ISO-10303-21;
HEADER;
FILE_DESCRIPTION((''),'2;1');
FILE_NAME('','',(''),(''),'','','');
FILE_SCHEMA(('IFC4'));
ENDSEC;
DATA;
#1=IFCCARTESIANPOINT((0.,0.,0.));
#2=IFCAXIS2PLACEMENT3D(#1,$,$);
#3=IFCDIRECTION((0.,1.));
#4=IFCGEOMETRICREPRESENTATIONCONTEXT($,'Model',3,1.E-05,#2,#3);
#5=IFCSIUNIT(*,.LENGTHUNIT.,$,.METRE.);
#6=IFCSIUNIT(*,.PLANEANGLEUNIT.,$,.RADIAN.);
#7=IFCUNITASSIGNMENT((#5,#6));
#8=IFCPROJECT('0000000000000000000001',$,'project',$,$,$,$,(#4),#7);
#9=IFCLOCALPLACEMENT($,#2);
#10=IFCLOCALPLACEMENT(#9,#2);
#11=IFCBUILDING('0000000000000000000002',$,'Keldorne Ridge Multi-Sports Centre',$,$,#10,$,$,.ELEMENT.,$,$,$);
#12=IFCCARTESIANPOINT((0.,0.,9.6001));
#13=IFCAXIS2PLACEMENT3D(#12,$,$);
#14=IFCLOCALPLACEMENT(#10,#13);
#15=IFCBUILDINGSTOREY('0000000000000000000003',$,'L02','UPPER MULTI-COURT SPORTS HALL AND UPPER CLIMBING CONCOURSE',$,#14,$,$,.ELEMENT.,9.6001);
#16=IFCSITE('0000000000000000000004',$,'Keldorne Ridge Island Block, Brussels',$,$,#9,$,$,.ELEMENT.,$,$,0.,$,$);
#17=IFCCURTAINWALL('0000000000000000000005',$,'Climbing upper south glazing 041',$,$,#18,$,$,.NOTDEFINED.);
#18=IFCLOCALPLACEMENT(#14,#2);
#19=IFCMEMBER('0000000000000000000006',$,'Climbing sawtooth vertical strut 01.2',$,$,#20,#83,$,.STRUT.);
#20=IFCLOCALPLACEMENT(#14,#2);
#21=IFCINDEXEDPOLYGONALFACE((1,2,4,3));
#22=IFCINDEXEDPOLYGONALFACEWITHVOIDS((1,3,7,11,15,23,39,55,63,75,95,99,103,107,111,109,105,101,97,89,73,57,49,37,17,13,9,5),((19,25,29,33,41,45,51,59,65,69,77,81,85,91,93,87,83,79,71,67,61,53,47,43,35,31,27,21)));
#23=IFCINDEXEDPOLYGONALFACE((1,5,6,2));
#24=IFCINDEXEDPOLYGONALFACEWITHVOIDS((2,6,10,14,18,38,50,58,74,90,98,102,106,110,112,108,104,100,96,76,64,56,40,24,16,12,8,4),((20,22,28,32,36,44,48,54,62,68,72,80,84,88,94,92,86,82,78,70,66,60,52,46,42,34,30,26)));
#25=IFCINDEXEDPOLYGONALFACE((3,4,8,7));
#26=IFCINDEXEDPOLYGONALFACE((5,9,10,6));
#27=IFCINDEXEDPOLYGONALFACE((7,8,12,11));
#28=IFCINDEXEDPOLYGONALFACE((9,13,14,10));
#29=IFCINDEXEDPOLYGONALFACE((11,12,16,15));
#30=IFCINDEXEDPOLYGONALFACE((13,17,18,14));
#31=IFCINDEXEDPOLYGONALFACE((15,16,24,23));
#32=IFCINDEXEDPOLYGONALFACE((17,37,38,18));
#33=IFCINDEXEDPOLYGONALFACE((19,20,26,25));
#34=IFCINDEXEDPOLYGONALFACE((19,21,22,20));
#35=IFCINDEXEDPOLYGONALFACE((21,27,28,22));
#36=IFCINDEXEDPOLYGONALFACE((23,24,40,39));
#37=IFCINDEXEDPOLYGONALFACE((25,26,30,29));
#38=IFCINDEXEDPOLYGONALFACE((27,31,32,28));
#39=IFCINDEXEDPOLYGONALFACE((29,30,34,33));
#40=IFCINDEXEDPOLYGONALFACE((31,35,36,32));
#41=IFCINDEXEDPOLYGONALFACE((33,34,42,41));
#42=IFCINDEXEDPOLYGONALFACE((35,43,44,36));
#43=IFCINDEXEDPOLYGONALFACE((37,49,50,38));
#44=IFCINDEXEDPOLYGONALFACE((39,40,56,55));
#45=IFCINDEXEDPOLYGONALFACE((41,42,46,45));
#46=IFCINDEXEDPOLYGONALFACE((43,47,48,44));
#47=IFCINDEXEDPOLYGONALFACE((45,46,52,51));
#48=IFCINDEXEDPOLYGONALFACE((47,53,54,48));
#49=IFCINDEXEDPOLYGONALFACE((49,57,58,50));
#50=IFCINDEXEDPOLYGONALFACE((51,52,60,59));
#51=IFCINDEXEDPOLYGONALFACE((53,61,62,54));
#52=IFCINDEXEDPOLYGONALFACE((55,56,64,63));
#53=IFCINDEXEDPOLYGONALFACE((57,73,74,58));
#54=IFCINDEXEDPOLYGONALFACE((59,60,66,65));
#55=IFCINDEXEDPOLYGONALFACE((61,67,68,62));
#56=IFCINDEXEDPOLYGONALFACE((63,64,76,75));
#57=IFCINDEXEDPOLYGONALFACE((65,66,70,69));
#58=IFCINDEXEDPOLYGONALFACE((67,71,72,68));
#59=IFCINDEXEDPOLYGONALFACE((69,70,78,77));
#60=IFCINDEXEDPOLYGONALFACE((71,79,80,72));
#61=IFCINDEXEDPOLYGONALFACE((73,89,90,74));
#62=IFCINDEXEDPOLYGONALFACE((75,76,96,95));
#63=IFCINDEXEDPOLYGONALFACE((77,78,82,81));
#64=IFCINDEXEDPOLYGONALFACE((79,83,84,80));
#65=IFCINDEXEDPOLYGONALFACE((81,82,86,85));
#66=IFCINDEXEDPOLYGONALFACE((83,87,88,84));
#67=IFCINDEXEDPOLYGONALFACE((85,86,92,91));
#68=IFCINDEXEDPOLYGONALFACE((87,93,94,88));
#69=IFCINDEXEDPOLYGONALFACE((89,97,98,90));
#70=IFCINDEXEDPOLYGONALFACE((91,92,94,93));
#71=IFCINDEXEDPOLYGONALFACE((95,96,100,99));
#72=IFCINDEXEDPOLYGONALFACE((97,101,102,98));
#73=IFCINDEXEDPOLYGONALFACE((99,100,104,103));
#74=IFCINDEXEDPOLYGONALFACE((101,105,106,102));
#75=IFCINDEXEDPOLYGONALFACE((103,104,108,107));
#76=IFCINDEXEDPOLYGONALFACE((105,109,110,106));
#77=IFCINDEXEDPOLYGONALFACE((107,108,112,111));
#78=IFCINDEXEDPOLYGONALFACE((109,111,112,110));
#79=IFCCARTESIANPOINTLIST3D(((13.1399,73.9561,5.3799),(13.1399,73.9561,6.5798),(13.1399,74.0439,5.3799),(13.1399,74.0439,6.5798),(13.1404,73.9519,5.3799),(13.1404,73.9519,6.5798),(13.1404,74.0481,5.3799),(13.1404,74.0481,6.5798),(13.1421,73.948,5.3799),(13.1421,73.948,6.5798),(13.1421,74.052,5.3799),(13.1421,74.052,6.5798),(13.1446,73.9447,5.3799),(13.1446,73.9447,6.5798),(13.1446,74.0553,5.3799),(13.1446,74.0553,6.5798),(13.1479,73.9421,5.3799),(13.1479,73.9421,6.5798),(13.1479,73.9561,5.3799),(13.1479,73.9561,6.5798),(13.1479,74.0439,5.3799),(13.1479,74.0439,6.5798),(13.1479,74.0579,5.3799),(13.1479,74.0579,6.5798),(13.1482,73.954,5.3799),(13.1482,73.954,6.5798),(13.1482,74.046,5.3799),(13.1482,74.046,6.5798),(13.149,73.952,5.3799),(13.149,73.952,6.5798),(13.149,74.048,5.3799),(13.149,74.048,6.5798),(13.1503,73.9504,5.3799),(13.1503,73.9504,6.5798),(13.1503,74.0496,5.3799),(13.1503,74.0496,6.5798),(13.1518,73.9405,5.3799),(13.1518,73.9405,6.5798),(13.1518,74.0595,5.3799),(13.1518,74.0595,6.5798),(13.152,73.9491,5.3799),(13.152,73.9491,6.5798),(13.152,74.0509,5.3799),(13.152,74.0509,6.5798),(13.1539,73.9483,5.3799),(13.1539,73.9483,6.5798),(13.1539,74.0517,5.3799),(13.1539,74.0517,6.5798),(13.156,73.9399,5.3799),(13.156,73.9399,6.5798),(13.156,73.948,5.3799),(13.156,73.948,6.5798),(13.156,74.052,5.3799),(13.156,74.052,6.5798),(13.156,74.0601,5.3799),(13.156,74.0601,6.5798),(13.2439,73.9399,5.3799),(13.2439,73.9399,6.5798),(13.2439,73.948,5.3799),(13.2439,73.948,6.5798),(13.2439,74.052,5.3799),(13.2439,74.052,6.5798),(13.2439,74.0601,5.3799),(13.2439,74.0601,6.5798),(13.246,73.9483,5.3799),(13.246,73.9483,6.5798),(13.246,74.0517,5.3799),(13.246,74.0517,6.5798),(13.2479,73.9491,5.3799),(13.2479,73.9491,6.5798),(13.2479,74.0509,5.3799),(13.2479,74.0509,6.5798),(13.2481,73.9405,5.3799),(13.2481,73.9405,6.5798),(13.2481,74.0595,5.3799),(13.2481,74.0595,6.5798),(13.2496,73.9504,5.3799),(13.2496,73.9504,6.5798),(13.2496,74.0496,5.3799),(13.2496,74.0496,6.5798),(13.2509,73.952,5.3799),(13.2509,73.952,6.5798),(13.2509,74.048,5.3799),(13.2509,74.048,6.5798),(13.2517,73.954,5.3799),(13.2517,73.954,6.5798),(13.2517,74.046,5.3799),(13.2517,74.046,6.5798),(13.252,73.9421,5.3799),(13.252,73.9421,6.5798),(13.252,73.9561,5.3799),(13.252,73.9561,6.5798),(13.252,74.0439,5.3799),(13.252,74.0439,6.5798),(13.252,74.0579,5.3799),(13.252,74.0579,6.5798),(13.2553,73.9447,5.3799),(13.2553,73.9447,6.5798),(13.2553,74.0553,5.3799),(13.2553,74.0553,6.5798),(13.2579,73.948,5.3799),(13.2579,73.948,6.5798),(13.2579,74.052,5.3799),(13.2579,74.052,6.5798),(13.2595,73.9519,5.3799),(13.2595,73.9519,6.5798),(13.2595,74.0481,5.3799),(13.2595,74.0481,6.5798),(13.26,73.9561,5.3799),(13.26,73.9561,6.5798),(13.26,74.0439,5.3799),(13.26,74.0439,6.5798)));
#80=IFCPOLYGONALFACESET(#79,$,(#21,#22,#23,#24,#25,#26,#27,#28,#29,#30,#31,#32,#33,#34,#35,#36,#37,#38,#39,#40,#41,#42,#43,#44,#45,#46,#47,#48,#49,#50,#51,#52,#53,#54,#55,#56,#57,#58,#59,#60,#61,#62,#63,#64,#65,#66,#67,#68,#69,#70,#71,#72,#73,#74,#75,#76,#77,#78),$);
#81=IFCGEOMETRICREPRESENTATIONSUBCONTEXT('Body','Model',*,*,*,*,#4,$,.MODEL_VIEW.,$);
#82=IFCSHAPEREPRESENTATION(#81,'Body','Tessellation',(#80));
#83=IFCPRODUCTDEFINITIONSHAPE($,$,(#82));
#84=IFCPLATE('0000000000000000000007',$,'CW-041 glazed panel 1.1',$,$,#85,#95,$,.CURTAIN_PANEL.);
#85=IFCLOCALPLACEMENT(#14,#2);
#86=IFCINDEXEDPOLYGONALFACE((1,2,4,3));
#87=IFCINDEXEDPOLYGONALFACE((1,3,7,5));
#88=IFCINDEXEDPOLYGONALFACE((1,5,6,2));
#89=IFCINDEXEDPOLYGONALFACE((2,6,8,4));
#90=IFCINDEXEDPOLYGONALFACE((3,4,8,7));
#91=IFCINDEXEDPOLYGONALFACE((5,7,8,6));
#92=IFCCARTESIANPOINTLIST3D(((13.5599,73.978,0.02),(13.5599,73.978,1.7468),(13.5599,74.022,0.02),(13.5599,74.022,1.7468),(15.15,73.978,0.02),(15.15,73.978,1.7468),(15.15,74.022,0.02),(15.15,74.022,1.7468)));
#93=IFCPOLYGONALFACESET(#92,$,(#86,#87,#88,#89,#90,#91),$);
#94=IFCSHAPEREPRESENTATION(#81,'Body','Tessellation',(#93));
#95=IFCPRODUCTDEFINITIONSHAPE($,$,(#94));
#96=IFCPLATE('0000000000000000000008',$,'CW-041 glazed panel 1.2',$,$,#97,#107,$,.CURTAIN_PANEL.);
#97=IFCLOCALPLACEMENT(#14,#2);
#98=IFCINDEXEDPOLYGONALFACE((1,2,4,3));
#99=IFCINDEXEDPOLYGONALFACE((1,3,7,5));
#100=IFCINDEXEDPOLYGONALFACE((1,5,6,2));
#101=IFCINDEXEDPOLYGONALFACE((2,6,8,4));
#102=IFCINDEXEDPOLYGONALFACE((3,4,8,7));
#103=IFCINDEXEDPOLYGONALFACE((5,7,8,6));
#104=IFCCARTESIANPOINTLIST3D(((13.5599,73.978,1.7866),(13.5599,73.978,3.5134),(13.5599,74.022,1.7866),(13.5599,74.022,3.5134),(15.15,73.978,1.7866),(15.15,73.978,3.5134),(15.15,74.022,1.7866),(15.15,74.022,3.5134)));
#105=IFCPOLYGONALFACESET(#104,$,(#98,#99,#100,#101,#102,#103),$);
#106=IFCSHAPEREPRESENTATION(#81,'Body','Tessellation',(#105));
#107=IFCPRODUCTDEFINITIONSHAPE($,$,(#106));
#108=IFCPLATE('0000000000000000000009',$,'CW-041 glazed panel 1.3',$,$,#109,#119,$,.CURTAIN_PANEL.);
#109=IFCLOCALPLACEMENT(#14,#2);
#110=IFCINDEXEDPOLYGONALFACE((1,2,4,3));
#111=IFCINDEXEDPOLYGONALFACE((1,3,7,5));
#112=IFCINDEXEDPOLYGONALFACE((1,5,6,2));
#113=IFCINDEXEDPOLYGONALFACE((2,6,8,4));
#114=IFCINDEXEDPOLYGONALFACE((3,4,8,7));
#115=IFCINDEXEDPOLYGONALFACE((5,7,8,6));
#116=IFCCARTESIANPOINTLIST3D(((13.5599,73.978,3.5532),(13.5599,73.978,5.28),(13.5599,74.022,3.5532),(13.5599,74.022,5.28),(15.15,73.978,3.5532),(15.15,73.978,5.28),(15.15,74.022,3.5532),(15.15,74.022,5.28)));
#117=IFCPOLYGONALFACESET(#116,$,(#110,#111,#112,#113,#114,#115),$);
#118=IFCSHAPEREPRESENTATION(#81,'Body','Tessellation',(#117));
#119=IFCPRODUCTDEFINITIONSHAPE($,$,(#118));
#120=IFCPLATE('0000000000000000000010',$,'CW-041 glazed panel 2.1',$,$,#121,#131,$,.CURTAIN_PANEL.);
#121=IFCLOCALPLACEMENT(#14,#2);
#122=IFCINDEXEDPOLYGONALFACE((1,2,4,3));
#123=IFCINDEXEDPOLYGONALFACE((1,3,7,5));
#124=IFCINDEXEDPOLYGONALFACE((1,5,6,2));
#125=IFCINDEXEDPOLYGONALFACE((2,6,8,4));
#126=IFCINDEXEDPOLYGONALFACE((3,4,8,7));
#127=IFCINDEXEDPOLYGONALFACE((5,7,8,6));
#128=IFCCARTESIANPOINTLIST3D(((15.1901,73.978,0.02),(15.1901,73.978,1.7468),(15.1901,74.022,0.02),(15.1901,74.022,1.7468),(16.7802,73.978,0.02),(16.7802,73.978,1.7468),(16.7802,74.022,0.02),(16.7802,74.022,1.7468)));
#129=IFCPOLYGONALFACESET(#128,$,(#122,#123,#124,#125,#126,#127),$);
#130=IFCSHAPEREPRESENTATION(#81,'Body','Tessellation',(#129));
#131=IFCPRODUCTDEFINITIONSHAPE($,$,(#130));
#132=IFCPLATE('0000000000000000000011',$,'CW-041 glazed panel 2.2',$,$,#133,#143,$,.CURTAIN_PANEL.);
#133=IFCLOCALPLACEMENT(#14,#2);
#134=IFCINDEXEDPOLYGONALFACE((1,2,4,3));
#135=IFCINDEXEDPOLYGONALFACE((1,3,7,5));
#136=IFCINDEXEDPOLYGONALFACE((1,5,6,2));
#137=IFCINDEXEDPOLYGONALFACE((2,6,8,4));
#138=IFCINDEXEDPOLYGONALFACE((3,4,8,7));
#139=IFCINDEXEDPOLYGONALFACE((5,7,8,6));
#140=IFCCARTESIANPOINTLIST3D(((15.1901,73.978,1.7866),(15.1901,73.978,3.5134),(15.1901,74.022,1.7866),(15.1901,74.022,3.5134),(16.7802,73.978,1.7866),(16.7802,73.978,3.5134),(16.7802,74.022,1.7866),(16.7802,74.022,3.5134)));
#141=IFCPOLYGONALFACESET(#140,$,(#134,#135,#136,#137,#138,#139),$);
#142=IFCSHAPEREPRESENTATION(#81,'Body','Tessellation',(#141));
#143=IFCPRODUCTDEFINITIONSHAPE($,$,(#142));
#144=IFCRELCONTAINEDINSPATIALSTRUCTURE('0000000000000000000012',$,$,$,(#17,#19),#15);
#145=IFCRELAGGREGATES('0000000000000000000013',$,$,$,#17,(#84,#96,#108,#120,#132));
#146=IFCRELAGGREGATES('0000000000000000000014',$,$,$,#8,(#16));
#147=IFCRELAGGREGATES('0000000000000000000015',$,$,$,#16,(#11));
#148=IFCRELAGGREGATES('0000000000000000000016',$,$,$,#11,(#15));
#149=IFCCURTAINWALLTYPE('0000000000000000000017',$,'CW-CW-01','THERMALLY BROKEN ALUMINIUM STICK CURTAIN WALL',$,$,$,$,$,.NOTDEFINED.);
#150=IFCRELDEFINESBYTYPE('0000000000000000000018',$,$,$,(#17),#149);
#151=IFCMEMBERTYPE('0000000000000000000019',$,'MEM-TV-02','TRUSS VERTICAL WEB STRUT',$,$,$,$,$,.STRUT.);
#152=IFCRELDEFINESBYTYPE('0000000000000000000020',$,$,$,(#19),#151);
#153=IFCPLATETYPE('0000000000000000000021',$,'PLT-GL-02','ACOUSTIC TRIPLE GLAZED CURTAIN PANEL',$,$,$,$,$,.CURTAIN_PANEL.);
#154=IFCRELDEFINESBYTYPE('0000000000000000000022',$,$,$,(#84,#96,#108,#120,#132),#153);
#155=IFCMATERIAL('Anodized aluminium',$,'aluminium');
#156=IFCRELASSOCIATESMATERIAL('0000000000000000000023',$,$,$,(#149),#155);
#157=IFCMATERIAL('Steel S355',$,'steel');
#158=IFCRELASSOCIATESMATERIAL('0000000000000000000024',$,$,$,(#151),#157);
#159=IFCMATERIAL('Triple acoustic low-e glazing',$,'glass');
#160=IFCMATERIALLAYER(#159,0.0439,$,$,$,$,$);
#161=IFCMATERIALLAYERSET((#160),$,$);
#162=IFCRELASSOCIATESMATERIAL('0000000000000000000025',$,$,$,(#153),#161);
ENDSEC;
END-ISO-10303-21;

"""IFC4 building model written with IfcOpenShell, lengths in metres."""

from ifc_helpers import new_model, si_unit, direction, frame, origin, origin_2d, place, context, subcontext, project, spatial, rectangle, hollow_rectangle, extrude, material, layer, layer_set, material_profile, profile_set, type_object, element, aggregate, save


model = new_model("IFC4")

# Units and contexts
model_context = context("Model", 3, precision=1e-05, world=origin(), true_north=direction((0.0, 1.0)))
body_context = subcontext(model_context, "Body", "Model", "MODEL_VIEW")
ifc_project = project(units=[si_unit("LENGTHUNIT", "METRE"), si_unit("PLANEANGLEUNIT", "RADIAN")], contexts=[model_context])

# Site, building, storey
site_placement = place(None, origin())
site = spatial("IfcSite", under=ifc_project, at=site_placement, Name="Keldorne Ridge Island Block, Brussels", CompositionType="ELEMENT", RefElevation=0.0)
building_placement = place(site_placement, origin())
building = spatial("IfcBuilding", under=site, at=building_placement, Name="Keldorne Ridge Multi-Sports Centre", CompositionType="ELEMENT")
storey_placement = place(building_placement, frame((0.0, 0.0, 9.6001)))
storey = spatial("IfcBuildingStorey", under=building, at=storey_placement, Name="L02", Description="UPPER MULTI-COURT SPORTS HALL AND UPPER CLIMBING CONCOURSE", CompositionType="ELEMENT", Elevation=9.6001)

# Shared definitions
ifc_material_1 = material(Name="Steel S355", Category="steel")

# Shared definitions
ifc_material_2 = material(Name="Anodized aluminium", Category="aluminium")

# Curtain wall
curtain_wall_type_1 = type_object("IfcCurtainWallType", Name="CW-CW-01", Description="THERMALLY BROKEN ALUMINIUM STICK CURTAIN WALL", PredefinedType="NOTDEFINED", material=ifc_material_2)
curtain_wall_1_placement = place(storey_placement, origin())
curtain_wall_1 = element("IfcCurtainWall", 1, at=curtain_wall_1_placement, inside=storey, type_object=curtain_wall_type_1, Name="Climbing upper south glazing 041", PredefinedType="NOTDEFINED")

# Member
ifc_material_profile_1 = material_profile(ifc_material_1, hollow_rectangle(XDim=0.1201, YDim=0.1201, WallThickness=0.0081, InnerFilletRadius=0.0081, OuterFilletRadius=0.0161, at=origin_2d()), Name="SHS 120x120x8")
ifc_profile_set_1 = profile_set([ifc_material_profile_1], Name="Steel S355")
member_type_1 = type_object("IfcMemberType", Name="MEM-TV-02", Description="TRUSS VERTICAL WEB STRUT", PredefinedType="STRUT", material=ifc_profile_set_1)
member_1_placement = place(storey_placement, frame((13.2, 74.0, 5.3799), z_axis=(0.0, 0.0, 1.0), x_axis=(1.0, 0.0, 0.0)))
element("IfcMember", 2, at=member_1_placement, inside=storey, type_object=member_type_1, Name="Climbing sawtooth vertical strut 01.2", PredefinedType="STRUT", context=body_context, shape_type="SweptSolid", body=[
    extrude(hollow_rectangle(XDim=0.1201, YDim=0.1201, WallThickness=0.0081, InnerFilletRadius=0.0081, OuterFilletRadius=0.0161, at=origin_2d()), origin(), (0.0, 0.0, 1.0), 1.2),
])

# Plates
ifc_material_3 = material(Name="Triple acoustic low-e glazing", Category="glass")
ifc_layer = layer(ifc_material_3, 0.0439)
ifc_layer_set = layer_set([ifc_layer])
plate_type = type_object("IfcPlateType", Name="PLT-GL-02", Description="ACOUSTIC TRIPLE GLAZED CURTAIN PANEL", PredefinedType="CURTAIN_PANEL", material=ifc_layer_set)
plate_1_placement = place(storey_placement, frame((14.355, 74.0, 0.02), z_axis=(0.0, 0.0, 1.0), x_axis=(1.0, 0.0, 0.0)))
plate_1 = element("IfcPlate", 3, at=plate_1_placement, type_object=plate_type, Name="CW-041 glazed panel 1.1", PredefinedType="CURTAIN_PANEL", context=body_context, shape_type="SweptSolid", body=[
    extrude(rectangle(XDim=1.5901, YDim=0.0439, at=origin_2d()), origin(), (0.0, 0.0, 1.0), 1.7268),
])
plate_2_placement = place(storey_placement, frame((14.355, 74.0, 1.7866), z_axis=(0.0, 0.0, 1.0), x_axis=(1.0, 0.0, 0.0)))
plate_2 = element("IfcPlate", 4, at=plate_2_placement, type_object=plate_type, Name="CW-041 glazed panel 1.2", PredefinedType="CURTAIN_PANEL", context=body_context, shape_type="SweptSolid", body=[
    extrude(rectangle(XDim=1.5901, YDim=0.0439, at=origin_2d()), origin(), (0.0, 0.0, 1.0), 1.7268),
])
plate_3_placement = place(storey_placement, frame((14.355, 74.0, 3.5532), z_axis=(0.0, 0.0, 1.0), x_axis=(1.0, 0.0, 0.0)))
plate_3 = element("IfcPlate", 5, at=plate_3_placement, type_object=plate_type, Name="CW-041 glazed panel 1.3", PredefinedType="CURTAIN_PANEL", context=body_context, shape_type="SweptSolid", body=[
    extrude(rectangle(XDim=1.5901, YDim=0.0439, at=origin_2d()), origin(), (0.0, 0.0, 1.0), 1.7268),
])
plate_4_placement = place(storey_placement, frame((15.9851, 74.0, 0.02), z_axis=(0.0, 0.0, 1.0), x_axis=(1.0, 0.0, 0.0)))
plate_4 = element("IfcPlate", 6, at=plate_4_placement, type_object=plate_type, Name="CW-041 glazed panel 2.1", PredefinedType="CURTAIN_PANEL", context=body_context, shape_type="SweptSolid", body=[
    extrude(rectangle(XDim=1.5901, YDim=0.0439, at=origin_2d()), origin(), (0.0, 0.0, 1.0), 1.7268),
])
plate_5_placement = place(storey_placement, frame((15.9851, 74.0, 1.7866), z_axis=(0.0, 0.0, 1.0), x_axis=(1.0, 0.0, 0.0)))
plate_5 = element("IfcPlate", 7, at=plate_5_placement, type_object=plate_type, Name="CW-041 glazed panel 2.2", PredefinedType="CURTAIN_PANEL", context=body_context, shape_type="SweptSolid", body=[
    extrude(rectangle(XDim=1.5901, YDim=0.0439, at=origin_2d()), origin(), (0.0, 0.0, 1.0), 1.7268),
])
aggregate(curtain_wall_1, [plate_1, plate_2, plate_3, plate_4, plate_5])

save(model, "model.ifc")
